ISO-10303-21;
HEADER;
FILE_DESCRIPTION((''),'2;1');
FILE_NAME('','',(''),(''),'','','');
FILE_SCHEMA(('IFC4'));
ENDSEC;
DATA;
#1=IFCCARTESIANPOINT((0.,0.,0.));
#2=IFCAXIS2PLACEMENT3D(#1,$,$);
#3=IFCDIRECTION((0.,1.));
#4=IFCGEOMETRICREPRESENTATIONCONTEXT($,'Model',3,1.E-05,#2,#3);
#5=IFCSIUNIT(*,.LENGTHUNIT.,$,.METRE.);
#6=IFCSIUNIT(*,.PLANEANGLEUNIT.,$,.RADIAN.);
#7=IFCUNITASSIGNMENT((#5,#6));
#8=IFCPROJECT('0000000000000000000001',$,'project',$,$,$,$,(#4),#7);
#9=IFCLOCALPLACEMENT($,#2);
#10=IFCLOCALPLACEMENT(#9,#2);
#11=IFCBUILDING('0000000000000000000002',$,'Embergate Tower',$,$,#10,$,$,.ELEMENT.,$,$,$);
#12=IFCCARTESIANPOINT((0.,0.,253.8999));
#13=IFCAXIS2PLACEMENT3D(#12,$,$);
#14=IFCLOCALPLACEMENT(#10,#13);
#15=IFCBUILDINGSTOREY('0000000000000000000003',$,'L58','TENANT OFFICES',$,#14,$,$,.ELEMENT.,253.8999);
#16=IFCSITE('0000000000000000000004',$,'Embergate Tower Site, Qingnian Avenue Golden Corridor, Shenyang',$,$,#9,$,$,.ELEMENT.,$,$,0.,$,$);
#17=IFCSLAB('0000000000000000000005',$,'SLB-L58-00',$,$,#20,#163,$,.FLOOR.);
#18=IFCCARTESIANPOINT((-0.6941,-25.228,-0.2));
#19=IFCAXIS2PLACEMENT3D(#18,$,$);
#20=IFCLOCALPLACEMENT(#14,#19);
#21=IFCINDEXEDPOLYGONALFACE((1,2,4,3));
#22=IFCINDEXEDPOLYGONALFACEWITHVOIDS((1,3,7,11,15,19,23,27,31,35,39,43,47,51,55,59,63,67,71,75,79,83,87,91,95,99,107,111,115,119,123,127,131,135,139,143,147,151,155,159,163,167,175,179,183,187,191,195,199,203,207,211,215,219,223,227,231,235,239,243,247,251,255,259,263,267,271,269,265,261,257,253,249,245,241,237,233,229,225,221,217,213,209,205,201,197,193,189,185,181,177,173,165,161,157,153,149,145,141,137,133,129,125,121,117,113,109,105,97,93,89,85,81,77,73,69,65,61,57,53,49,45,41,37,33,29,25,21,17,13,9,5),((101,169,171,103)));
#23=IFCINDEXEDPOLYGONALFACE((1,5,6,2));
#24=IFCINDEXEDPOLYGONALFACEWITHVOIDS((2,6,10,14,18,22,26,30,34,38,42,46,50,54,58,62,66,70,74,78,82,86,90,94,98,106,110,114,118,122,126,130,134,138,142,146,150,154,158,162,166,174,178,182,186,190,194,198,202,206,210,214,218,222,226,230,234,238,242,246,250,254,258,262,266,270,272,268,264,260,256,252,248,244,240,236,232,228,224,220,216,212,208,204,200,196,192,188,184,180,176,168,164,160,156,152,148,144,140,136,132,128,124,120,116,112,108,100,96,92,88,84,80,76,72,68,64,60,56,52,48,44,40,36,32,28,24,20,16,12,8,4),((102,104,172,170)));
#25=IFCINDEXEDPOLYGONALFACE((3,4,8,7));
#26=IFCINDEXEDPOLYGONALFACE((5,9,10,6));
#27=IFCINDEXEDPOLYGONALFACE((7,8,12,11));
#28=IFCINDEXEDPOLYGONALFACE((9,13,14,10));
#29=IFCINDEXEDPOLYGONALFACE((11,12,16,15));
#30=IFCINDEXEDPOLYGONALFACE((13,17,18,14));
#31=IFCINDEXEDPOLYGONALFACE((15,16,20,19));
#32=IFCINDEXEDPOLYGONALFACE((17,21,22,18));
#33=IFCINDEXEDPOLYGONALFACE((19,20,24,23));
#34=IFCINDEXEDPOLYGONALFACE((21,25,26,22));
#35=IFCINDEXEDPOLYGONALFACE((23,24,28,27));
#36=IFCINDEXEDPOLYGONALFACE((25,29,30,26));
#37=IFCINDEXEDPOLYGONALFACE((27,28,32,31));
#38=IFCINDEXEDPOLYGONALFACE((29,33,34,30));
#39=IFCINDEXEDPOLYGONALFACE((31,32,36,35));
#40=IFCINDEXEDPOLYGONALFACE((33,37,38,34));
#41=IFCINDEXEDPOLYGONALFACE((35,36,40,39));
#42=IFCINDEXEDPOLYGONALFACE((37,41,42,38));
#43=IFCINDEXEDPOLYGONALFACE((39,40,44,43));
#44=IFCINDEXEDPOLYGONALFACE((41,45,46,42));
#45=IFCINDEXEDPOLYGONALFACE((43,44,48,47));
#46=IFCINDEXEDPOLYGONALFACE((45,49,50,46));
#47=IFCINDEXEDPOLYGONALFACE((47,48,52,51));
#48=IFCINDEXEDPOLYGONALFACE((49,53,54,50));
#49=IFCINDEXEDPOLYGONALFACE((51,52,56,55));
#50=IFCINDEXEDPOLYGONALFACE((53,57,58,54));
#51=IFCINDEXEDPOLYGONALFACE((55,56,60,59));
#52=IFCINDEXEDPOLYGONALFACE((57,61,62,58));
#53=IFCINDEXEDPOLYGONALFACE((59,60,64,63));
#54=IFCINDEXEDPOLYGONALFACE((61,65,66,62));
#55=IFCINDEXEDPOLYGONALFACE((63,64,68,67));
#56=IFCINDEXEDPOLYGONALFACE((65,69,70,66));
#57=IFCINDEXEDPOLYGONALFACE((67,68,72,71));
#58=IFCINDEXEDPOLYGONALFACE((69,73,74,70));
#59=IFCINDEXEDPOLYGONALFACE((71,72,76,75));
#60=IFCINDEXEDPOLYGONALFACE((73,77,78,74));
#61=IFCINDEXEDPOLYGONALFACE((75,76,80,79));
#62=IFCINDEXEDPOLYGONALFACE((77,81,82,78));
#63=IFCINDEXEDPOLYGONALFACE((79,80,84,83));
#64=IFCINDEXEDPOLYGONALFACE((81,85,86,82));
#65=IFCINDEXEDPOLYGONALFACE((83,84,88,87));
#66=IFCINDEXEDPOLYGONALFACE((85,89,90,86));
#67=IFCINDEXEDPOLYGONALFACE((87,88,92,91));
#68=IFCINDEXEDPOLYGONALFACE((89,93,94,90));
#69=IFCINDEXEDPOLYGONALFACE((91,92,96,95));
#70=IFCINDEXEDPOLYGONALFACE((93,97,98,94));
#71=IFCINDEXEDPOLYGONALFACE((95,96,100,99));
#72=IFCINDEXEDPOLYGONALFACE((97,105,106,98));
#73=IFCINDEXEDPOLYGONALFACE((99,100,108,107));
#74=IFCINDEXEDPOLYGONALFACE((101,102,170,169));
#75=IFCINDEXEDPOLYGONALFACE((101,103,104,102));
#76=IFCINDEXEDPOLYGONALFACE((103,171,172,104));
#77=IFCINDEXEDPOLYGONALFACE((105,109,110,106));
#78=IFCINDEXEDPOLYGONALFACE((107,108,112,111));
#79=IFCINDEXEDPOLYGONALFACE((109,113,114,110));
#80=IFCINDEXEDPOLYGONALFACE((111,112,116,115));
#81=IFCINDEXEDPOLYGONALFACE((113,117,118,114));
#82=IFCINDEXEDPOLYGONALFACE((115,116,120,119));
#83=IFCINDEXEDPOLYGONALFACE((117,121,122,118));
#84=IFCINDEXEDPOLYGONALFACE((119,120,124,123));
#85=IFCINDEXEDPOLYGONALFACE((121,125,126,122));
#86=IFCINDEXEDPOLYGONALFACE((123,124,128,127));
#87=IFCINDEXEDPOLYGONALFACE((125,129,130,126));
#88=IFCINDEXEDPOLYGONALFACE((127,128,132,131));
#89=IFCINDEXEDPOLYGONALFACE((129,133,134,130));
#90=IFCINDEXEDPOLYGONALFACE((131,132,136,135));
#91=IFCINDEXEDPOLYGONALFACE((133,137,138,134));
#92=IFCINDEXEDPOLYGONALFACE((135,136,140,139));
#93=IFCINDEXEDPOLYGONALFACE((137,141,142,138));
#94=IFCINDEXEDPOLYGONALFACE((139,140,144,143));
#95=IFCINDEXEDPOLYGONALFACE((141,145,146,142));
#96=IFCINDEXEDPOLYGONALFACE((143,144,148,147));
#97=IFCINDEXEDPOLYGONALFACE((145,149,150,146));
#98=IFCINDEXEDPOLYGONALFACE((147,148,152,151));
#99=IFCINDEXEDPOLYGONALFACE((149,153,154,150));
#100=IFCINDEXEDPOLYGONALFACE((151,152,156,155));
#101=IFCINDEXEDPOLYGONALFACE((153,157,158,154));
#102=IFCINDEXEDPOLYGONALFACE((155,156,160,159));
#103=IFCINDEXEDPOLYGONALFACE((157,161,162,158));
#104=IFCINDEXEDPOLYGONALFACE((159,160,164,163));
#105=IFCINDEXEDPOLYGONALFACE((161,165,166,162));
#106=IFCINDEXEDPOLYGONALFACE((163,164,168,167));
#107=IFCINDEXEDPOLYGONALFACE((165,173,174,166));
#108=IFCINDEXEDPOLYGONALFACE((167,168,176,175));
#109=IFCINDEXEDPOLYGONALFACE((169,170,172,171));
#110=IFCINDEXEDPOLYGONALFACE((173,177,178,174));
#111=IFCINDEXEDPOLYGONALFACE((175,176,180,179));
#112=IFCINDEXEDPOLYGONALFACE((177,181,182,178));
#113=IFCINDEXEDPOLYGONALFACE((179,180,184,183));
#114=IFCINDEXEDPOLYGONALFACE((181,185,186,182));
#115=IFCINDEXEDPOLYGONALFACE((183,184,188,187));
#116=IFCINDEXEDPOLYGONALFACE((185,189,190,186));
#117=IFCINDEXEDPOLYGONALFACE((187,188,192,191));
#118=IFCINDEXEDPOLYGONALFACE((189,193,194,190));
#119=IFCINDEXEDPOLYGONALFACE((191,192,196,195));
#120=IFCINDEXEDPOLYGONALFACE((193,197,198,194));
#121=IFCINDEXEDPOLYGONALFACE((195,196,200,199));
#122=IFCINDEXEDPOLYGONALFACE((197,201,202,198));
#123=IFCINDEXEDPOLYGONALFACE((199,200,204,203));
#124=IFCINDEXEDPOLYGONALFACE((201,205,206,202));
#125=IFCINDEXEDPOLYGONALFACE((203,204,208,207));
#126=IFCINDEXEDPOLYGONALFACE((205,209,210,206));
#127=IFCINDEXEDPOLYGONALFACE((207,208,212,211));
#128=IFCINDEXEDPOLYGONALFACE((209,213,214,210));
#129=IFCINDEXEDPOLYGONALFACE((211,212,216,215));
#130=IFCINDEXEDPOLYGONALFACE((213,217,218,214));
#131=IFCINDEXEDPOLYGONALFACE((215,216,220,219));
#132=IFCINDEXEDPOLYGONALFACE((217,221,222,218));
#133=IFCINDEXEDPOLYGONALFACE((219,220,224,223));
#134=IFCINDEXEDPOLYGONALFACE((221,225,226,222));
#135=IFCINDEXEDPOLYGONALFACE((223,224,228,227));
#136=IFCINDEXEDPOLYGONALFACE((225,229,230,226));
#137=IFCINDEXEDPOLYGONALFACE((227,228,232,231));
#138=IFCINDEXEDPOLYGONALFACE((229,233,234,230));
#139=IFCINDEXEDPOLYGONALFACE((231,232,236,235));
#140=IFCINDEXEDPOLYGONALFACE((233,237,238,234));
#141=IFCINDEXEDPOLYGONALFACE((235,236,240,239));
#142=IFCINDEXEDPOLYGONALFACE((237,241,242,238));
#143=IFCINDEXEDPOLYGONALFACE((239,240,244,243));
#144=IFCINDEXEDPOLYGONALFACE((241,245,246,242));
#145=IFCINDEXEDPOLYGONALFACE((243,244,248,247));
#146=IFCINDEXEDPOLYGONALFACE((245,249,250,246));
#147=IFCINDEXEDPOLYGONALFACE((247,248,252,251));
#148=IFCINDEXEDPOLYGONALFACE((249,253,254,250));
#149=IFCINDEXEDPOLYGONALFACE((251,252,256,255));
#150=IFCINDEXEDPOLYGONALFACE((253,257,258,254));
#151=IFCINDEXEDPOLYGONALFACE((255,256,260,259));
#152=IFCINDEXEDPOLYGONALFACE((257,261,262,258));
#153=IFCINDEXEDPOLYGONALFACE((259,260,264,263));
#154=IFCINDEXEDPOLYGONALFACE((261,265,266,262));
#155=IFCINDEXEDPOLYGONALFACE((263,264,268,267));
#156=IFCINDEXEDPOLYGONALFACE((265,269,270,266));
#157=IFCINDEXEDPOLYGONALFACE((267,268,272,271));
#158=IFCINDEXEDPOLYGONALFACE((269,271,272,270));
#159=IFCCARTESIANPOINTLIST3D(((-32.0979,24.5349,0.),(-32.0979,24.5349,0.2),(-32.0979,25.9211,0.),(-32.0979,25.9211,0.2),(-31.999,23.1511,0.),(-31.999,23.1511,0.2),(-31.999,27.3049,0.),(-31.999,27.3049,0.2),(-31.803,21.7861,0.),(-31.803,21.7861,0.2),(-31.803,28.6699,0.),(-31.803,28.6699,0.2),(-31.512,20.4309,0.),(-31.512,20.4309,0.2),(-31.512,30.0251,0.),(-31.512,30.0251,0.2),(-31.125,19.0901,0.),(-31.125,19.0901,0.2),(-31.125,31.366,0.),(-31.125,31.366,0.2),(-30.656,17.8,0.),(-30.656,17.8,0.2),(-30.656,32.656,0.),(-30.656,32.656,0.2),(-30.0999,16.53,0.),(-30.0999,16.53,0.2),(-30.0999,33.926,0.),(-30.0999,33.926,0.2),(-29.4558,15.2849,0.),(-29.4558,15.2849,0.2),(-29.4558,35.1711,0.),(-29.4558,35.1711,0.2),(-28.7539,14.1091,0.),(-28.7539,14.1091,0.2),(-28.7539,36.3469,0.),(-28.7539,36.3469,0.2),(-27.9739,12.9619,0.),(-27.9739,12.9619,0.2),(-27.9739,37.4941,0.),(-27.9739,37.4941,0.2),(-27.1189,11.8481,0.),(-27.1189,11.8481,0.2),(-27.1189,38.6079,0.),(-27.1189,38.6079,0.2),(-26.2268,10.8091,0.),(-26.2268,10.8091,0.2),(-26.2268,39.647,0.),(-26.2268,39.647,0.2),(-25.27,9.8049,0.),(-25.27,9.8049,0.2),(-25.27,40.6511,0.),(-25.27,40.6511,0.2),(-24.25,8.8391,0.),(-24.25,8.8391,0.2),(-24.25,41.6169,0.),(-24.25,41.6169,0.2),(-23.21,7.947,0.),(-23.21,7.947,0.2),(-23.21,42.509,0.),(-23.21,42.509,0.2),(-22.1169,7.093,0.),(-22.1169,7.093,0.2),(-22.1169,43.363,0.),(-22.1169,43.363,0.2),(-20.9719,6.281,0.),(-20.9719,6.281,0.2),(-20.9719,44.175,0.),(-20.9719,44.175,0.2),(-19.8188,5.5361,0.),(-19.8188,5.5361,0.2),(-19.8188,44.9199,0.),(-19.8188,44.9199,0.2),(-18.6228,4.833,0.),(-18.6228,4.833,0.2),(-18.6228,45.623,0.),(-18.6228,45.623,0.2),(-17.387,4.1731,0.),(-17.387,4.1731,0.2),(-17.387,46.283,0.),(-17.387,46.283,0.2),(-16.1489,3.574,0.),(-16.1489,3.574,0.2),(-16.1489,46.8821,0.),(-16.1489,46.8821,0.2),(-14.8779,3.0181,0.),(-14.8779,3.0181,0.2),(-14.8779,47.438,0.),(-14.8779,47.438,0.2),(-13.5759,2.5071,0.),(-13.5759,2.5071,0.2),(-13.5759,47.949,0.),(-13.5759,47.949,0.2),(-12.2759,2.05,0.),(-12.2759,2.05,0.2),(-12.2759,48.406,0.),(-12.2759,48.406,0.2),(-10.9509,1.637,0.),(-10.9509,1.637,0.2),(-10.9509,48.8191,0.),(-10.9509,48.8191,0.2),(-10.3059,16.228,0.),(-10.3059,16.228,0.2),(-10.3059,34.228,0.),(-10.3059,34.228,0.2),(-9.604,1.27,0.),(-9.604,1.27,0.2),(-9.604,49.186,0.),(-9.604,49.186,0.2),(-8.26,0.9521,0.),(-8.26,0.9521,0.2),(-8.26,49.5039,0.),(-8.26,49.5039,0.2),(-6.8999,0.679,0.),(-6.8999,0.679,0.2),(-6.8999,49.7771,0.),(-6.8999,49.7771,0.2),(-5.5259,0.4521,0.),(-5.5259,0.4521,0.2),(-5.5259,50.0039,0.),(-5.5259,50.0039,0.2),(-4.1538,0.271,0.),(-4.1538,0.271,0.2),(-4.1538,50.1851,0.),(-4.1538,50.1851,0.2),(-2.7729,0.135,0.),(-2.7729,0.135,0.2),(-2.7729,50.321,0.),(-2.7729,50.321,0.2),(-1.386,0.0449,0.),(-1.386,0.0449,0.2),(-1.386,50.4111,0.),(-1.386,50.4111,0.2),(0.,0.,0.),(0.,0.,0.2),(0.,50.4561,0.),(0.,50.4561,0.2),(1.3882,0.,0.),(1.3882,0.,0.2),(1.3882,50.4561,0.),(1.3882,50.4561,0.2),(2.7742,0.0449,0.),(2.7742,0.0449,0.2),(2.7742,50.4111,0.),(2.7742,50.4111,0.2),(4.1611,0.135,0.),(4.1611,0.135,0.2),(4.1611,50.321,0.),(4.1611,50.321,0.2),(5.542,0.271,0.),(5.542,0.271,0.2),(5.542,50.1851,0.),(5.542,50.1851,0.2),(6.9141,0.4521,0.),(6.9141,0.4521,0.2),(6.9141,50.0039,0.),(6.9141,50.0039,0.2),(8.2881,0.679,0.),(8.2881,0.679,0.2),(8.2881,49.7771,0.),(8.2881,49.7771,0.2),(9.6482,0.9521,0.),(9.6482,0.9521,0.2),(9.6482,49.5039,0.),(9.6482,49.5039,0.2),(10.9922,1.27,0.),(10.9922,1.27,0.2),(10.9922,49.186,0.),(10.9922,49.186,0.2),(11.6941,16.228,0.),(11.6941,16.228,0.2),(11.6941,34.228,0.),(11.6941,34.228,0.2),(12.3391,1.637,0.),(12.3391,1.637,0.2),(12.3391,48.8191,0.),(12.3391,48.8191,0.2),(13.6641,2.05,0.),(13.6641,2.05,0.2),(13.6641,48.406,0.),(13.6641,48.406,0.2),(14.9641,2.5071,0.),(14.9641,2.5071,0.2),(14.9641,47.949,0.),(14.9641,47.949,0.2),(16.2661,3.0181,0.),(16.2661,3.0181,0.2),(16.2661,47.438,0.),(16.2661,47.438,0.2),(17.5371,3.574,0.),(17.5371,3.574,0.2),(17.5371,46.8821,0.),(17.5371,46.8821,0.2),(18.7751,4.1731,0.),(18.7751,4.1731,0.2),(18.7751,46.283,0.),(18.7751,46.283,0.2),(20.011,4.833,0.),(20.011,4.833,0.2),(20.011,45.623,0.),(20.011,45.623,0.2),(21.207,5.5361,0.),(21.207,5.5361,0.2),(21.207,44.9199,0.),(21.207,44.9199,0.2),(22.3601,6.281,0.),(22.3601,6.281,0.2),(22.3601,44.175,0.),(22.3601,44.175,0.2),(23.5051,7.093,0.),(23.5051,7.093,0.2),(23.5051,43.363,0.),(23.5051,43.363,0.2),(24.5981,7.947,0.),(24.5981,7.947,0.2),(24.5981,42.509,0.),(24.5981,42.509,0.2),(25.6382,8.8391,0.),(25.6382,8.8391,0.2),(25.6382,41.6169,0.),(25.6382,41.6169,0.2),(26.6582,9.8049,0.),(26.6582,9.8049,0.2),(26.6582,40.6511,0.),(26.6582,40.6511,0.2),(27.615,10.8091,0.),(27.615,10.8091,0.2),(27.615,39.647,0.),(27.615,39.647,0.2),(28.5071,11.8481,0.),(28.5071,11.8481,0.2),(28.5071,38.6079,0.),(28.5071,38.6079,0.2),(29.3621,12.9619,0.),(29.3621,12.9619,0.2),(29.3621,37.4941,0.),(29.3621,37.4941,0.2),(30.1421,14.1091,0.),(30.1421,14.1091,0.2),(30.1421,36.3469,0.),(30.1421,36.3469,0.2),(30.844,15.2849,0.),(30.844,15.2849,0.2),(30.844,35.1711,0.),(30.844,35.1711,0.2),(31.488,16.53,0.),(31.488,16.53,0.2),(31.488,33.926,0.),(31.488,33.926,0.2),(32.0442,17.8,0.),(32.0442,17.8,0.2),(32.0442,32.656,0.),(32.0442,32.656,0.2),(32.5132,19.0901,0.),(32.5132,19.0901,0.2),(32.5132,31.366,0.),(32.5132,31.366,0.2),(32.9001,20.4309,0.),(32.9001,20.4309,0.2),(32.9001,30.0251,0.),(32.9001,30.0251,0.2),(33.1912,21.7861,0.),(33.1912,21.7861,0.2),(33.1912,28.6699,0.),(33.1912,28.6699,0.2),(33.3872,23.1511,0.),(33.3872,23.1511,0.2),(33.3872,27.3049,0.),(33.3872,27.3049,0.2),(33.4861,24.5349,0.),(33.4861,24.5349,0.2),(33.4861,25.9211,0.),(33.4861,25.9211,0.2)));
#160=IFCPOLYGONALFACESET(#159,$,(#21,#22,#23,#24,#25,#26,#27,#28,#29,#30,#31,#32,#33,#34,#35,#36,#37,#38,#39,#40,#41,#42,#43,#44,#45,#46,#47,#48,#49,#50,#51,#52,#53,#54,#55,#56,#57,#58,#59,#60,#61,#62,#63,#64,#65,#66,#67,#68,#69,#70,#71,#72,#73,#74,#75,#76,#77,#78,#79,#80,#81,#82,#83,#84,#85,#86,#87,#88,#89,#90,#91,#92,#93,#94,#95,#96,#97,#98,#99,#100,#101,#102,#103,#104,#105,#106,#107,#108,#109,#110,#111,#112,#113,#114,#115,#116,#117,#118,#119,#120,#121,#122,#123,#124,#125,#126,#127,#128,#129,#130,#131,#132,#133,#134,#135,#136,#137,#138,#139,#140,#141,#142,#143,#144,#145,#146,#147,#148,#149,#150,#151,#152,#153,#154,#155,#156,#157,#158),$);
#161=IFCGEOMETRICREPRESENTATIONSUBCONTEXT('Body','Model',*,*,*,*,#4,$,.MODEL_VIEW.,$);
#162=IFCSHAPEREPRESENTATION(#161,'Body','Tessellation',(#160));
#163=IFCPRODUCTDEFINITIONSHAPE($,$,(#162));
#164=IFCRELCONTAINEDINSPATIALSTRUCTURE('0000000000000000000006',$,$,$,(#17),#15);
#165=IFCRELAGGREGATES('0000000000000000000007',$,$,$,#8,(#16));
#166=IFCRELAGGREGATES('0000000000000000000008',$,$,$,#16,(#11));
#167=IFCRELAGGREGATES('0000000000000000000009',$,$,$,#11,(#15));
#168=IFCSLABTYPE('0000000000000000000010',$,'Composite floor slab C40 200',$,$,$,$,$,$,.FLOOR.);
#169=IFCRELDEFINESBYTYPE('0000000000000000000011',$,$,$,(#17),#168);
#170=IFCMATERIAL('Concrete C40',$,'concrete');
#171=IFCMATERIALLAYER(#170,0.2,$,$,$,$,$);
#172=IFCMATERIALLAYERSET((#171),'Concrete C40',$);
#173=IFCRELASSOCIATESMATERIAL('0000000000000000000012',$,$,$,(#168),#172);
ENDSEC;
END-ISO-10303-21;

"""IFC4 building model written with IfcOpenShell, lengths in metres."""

from ifc_helpers import new_model, si_unit, direction, frame, origin, place, context, subcontext, project, spatial, polyline, outline, extrude, source, transform, mapped, material, layer, layer_set, type_object, element, save


model = new_model("IFC4")

# Units and contexts
model_context = context("Model", 3, precision=1e-05, world=origin(), true_north=direction((0.0, 1.0)))
body_context = subcontext(model_context, "Body", "Model", "MODEL_VIEW")
ifc_project = project(units=[si_unit("LENGTHUNIT", "METRE"), si_unit("PLANEANGLEUNIT", "RADIAN")], contexts=[model_context])

# Site, building, storey
site_placement = place(None, origin())
site = spatial("IfcSite", under=ifc_project, at=site_placement, Name="Embergate Tower Site, Qingnian Avenue Golden Corridor, Shenyang", CompositionType="ELEMENT", RefElevation=0.0)
building_placement = place(site_placement, origin())
building = spatial("IfcBuilding", under=site, at=building_placement, Name="Embergate Tower", CompositionType="ELEMENT")
storey_placement = place(building_placement, frame((0.0, 0.0, 253.8999)))
storey = spatial("IfcBuildingStorey", under=building, at=storey_placement, Name="L58", Description="TENANT OFFICES", CompositionType="ELEMENT", Elevation=253.8999)

# Slab
ifc_material_1 = material(Name="Concrete C40", Category="concrete")
ifc_layer_1 = layer(ifc_material_1, 0.2)
ifc_layer_set_1 = layer_set([ifc_layer_1], Name="Concrete C40")
slab_type = type_object("IfcSlabType", Name="Composite floor slab C40 200", PredefinedType="FLOOR", material=ifc_layer_set_1)
shared_shape_1 = source(origin(), body_context, "Body", "SweptSolid", [
    extrude(outline(polyline([(0.0, 0.0), (1.3882, 0.0), (2.7742, 0.0449), (4.1611, 0.135), (5.542, 0.271), (6.9141, 0.4521), (8.2881, 0.679), (9.6482, 0.9521), (10.9922, 1.27), (12.3391, 1.637), (13.6641, 2.05), (14.9641, 2.5071), (16.2661, 3.0181), (17.5371, 3.574), (18.7751, 4.1731), (20.011, 4.833), (21.207, 5.5361), (22.3601, 6.281), (23.5051, 7.093), (24.5981, 7.947), (25.6382, 8.8391), (26.6582, 9.8049), (27.615, 10.8091), (28.5071, 11.8481), (29.3621, 12.9619), (30.1421, 14.1091), (30.844, 15.2849), (31.488, 16.53), (32.0442, 17.8), (32.5132, 19.0901), (32.9001, 20.4309), (33.1912, 21.7861), (33.3872, 23.1511), (33.4861, 24.5349), (33.4861, 25.9211), (33.3872, 27.3049), (33.1912, 28.6699), (32.9001, 30.0251), (32.5132, 31.366), (32.0442, 32.656), (31.488, 33.926), (30.844, 35.1711), (30.1421, 36.3469), (29.3621, 37.4941), (28.5071, 38.6079), (27.615, 39.647), (26.6582, 40.6511), (25.6382, 41.6169), (24.5981, 42.509), (23.5051, 43.363), (22.3601, 44.175), (21.207, 44.9199), (20.011, 45.623), (18.7751, 46.283), (17.5371, 46.8821), (16.2661, 47.438), (14.9641, 47.949), (13.6641, 48.406), (12.3391, 48.8191), (10.9922, 49.186), (9.6482, 49.5039), (8.2881, 49.7771), (6.9141, 50.0039), (5.542, 50.1851), (4.1611, 50.321), (2.7742, 50.4111), (1.3882, 50.4561), (0.0, 50.4561), (-1.386, 50.4111), (-2.7729, 50.321), (-4.1538, 50.1851), (-5.5259, 50.0039), (-6.8999, 49.7771), (-8.26, 49.5039), (-9.604, 49.186), (-10.9509, 48.8191), (-12.2759, 48.406), (-13.5759, 47.949), (-14.8779, 47.438), (-16.1489, 46.8821), (-17.387, 46.283), (-18.6228, 45.623), (-19.8188, 44.9199), (-20.9719, 44.175), (-22.1169, 43.363), (-23.21, 42.509), (-24.25, 41.6169), (-25.27, 40.6511), (-26.2268, 39.647), (-27.1189, 38.6079), (-27.9739, 37.4941), (-28.7539, 36.3469), (-29.4558, 35.1711), (-30.0999, 33.926), (-30.656, 32.656), (-31.125, 31.366), (-31.512, 30.0251), (-31.803, 28.6699), (-31.999, 27.3049), (-32.0979, 25.9211), (-32.0979, 24.5349), (-31.999, 23.1511), (-31.803, 21.7861), (-31.512, 20.4309), (-31.125, 19.0901), (-30.656, 17.8), (-30.0999, 16.53), (-29.4558, 15.2849), (-28.7539, 14.1091), (-27.9739, 12.9619), (-27.1189, 11.8481), (-26.2268, 10.8091), (-25.27, 9.8049), (-24.25, 8.8391), (-23.21, 7.947), (-22.1169, 7.093), (-20.9719, 6.281), (-19.8188, 5.5361), (-18.6228, 4.833), (-17.387, 4.1731), (-16.1489, 3.574), (-14.8779, 3.0181), (-13.5759, 2.5071), (-12.2759, 2.05), (-10.9509, 1.637), (-9.604, 1.27), (-8.26, 0.9521), (-6.8999, 0.679), (-5.5259, 0.4521), (-4.1538, 0.271), (-2.7729, 0.135), (-1.386, 0.0449), (0.0, 0.0)]), holes=[polyline([(-10.3059, 16.228), (-10.3059, 34.228), (11.6941, 34.228), (11.6941, 16.228), (-10.3059, 16.228)])]), origin(), (0.0, 0.0, 1.0), 0.2),
])
slab_placement = place(storey_placement, frame((-0.6941, -25.228, -0.2)))
element("IfcSlab", 1, at=slab_placement, inside=storey, type_object=slab_type, Name="SLB-L58-00", PredefinedType="FLOOR", context=body_context, shape_type="MappedRepresentation", body=[
    mapped(shared_shape_1, transform((0.0, 0.0, 0.0))),
])

save(model, "model.ifc")
